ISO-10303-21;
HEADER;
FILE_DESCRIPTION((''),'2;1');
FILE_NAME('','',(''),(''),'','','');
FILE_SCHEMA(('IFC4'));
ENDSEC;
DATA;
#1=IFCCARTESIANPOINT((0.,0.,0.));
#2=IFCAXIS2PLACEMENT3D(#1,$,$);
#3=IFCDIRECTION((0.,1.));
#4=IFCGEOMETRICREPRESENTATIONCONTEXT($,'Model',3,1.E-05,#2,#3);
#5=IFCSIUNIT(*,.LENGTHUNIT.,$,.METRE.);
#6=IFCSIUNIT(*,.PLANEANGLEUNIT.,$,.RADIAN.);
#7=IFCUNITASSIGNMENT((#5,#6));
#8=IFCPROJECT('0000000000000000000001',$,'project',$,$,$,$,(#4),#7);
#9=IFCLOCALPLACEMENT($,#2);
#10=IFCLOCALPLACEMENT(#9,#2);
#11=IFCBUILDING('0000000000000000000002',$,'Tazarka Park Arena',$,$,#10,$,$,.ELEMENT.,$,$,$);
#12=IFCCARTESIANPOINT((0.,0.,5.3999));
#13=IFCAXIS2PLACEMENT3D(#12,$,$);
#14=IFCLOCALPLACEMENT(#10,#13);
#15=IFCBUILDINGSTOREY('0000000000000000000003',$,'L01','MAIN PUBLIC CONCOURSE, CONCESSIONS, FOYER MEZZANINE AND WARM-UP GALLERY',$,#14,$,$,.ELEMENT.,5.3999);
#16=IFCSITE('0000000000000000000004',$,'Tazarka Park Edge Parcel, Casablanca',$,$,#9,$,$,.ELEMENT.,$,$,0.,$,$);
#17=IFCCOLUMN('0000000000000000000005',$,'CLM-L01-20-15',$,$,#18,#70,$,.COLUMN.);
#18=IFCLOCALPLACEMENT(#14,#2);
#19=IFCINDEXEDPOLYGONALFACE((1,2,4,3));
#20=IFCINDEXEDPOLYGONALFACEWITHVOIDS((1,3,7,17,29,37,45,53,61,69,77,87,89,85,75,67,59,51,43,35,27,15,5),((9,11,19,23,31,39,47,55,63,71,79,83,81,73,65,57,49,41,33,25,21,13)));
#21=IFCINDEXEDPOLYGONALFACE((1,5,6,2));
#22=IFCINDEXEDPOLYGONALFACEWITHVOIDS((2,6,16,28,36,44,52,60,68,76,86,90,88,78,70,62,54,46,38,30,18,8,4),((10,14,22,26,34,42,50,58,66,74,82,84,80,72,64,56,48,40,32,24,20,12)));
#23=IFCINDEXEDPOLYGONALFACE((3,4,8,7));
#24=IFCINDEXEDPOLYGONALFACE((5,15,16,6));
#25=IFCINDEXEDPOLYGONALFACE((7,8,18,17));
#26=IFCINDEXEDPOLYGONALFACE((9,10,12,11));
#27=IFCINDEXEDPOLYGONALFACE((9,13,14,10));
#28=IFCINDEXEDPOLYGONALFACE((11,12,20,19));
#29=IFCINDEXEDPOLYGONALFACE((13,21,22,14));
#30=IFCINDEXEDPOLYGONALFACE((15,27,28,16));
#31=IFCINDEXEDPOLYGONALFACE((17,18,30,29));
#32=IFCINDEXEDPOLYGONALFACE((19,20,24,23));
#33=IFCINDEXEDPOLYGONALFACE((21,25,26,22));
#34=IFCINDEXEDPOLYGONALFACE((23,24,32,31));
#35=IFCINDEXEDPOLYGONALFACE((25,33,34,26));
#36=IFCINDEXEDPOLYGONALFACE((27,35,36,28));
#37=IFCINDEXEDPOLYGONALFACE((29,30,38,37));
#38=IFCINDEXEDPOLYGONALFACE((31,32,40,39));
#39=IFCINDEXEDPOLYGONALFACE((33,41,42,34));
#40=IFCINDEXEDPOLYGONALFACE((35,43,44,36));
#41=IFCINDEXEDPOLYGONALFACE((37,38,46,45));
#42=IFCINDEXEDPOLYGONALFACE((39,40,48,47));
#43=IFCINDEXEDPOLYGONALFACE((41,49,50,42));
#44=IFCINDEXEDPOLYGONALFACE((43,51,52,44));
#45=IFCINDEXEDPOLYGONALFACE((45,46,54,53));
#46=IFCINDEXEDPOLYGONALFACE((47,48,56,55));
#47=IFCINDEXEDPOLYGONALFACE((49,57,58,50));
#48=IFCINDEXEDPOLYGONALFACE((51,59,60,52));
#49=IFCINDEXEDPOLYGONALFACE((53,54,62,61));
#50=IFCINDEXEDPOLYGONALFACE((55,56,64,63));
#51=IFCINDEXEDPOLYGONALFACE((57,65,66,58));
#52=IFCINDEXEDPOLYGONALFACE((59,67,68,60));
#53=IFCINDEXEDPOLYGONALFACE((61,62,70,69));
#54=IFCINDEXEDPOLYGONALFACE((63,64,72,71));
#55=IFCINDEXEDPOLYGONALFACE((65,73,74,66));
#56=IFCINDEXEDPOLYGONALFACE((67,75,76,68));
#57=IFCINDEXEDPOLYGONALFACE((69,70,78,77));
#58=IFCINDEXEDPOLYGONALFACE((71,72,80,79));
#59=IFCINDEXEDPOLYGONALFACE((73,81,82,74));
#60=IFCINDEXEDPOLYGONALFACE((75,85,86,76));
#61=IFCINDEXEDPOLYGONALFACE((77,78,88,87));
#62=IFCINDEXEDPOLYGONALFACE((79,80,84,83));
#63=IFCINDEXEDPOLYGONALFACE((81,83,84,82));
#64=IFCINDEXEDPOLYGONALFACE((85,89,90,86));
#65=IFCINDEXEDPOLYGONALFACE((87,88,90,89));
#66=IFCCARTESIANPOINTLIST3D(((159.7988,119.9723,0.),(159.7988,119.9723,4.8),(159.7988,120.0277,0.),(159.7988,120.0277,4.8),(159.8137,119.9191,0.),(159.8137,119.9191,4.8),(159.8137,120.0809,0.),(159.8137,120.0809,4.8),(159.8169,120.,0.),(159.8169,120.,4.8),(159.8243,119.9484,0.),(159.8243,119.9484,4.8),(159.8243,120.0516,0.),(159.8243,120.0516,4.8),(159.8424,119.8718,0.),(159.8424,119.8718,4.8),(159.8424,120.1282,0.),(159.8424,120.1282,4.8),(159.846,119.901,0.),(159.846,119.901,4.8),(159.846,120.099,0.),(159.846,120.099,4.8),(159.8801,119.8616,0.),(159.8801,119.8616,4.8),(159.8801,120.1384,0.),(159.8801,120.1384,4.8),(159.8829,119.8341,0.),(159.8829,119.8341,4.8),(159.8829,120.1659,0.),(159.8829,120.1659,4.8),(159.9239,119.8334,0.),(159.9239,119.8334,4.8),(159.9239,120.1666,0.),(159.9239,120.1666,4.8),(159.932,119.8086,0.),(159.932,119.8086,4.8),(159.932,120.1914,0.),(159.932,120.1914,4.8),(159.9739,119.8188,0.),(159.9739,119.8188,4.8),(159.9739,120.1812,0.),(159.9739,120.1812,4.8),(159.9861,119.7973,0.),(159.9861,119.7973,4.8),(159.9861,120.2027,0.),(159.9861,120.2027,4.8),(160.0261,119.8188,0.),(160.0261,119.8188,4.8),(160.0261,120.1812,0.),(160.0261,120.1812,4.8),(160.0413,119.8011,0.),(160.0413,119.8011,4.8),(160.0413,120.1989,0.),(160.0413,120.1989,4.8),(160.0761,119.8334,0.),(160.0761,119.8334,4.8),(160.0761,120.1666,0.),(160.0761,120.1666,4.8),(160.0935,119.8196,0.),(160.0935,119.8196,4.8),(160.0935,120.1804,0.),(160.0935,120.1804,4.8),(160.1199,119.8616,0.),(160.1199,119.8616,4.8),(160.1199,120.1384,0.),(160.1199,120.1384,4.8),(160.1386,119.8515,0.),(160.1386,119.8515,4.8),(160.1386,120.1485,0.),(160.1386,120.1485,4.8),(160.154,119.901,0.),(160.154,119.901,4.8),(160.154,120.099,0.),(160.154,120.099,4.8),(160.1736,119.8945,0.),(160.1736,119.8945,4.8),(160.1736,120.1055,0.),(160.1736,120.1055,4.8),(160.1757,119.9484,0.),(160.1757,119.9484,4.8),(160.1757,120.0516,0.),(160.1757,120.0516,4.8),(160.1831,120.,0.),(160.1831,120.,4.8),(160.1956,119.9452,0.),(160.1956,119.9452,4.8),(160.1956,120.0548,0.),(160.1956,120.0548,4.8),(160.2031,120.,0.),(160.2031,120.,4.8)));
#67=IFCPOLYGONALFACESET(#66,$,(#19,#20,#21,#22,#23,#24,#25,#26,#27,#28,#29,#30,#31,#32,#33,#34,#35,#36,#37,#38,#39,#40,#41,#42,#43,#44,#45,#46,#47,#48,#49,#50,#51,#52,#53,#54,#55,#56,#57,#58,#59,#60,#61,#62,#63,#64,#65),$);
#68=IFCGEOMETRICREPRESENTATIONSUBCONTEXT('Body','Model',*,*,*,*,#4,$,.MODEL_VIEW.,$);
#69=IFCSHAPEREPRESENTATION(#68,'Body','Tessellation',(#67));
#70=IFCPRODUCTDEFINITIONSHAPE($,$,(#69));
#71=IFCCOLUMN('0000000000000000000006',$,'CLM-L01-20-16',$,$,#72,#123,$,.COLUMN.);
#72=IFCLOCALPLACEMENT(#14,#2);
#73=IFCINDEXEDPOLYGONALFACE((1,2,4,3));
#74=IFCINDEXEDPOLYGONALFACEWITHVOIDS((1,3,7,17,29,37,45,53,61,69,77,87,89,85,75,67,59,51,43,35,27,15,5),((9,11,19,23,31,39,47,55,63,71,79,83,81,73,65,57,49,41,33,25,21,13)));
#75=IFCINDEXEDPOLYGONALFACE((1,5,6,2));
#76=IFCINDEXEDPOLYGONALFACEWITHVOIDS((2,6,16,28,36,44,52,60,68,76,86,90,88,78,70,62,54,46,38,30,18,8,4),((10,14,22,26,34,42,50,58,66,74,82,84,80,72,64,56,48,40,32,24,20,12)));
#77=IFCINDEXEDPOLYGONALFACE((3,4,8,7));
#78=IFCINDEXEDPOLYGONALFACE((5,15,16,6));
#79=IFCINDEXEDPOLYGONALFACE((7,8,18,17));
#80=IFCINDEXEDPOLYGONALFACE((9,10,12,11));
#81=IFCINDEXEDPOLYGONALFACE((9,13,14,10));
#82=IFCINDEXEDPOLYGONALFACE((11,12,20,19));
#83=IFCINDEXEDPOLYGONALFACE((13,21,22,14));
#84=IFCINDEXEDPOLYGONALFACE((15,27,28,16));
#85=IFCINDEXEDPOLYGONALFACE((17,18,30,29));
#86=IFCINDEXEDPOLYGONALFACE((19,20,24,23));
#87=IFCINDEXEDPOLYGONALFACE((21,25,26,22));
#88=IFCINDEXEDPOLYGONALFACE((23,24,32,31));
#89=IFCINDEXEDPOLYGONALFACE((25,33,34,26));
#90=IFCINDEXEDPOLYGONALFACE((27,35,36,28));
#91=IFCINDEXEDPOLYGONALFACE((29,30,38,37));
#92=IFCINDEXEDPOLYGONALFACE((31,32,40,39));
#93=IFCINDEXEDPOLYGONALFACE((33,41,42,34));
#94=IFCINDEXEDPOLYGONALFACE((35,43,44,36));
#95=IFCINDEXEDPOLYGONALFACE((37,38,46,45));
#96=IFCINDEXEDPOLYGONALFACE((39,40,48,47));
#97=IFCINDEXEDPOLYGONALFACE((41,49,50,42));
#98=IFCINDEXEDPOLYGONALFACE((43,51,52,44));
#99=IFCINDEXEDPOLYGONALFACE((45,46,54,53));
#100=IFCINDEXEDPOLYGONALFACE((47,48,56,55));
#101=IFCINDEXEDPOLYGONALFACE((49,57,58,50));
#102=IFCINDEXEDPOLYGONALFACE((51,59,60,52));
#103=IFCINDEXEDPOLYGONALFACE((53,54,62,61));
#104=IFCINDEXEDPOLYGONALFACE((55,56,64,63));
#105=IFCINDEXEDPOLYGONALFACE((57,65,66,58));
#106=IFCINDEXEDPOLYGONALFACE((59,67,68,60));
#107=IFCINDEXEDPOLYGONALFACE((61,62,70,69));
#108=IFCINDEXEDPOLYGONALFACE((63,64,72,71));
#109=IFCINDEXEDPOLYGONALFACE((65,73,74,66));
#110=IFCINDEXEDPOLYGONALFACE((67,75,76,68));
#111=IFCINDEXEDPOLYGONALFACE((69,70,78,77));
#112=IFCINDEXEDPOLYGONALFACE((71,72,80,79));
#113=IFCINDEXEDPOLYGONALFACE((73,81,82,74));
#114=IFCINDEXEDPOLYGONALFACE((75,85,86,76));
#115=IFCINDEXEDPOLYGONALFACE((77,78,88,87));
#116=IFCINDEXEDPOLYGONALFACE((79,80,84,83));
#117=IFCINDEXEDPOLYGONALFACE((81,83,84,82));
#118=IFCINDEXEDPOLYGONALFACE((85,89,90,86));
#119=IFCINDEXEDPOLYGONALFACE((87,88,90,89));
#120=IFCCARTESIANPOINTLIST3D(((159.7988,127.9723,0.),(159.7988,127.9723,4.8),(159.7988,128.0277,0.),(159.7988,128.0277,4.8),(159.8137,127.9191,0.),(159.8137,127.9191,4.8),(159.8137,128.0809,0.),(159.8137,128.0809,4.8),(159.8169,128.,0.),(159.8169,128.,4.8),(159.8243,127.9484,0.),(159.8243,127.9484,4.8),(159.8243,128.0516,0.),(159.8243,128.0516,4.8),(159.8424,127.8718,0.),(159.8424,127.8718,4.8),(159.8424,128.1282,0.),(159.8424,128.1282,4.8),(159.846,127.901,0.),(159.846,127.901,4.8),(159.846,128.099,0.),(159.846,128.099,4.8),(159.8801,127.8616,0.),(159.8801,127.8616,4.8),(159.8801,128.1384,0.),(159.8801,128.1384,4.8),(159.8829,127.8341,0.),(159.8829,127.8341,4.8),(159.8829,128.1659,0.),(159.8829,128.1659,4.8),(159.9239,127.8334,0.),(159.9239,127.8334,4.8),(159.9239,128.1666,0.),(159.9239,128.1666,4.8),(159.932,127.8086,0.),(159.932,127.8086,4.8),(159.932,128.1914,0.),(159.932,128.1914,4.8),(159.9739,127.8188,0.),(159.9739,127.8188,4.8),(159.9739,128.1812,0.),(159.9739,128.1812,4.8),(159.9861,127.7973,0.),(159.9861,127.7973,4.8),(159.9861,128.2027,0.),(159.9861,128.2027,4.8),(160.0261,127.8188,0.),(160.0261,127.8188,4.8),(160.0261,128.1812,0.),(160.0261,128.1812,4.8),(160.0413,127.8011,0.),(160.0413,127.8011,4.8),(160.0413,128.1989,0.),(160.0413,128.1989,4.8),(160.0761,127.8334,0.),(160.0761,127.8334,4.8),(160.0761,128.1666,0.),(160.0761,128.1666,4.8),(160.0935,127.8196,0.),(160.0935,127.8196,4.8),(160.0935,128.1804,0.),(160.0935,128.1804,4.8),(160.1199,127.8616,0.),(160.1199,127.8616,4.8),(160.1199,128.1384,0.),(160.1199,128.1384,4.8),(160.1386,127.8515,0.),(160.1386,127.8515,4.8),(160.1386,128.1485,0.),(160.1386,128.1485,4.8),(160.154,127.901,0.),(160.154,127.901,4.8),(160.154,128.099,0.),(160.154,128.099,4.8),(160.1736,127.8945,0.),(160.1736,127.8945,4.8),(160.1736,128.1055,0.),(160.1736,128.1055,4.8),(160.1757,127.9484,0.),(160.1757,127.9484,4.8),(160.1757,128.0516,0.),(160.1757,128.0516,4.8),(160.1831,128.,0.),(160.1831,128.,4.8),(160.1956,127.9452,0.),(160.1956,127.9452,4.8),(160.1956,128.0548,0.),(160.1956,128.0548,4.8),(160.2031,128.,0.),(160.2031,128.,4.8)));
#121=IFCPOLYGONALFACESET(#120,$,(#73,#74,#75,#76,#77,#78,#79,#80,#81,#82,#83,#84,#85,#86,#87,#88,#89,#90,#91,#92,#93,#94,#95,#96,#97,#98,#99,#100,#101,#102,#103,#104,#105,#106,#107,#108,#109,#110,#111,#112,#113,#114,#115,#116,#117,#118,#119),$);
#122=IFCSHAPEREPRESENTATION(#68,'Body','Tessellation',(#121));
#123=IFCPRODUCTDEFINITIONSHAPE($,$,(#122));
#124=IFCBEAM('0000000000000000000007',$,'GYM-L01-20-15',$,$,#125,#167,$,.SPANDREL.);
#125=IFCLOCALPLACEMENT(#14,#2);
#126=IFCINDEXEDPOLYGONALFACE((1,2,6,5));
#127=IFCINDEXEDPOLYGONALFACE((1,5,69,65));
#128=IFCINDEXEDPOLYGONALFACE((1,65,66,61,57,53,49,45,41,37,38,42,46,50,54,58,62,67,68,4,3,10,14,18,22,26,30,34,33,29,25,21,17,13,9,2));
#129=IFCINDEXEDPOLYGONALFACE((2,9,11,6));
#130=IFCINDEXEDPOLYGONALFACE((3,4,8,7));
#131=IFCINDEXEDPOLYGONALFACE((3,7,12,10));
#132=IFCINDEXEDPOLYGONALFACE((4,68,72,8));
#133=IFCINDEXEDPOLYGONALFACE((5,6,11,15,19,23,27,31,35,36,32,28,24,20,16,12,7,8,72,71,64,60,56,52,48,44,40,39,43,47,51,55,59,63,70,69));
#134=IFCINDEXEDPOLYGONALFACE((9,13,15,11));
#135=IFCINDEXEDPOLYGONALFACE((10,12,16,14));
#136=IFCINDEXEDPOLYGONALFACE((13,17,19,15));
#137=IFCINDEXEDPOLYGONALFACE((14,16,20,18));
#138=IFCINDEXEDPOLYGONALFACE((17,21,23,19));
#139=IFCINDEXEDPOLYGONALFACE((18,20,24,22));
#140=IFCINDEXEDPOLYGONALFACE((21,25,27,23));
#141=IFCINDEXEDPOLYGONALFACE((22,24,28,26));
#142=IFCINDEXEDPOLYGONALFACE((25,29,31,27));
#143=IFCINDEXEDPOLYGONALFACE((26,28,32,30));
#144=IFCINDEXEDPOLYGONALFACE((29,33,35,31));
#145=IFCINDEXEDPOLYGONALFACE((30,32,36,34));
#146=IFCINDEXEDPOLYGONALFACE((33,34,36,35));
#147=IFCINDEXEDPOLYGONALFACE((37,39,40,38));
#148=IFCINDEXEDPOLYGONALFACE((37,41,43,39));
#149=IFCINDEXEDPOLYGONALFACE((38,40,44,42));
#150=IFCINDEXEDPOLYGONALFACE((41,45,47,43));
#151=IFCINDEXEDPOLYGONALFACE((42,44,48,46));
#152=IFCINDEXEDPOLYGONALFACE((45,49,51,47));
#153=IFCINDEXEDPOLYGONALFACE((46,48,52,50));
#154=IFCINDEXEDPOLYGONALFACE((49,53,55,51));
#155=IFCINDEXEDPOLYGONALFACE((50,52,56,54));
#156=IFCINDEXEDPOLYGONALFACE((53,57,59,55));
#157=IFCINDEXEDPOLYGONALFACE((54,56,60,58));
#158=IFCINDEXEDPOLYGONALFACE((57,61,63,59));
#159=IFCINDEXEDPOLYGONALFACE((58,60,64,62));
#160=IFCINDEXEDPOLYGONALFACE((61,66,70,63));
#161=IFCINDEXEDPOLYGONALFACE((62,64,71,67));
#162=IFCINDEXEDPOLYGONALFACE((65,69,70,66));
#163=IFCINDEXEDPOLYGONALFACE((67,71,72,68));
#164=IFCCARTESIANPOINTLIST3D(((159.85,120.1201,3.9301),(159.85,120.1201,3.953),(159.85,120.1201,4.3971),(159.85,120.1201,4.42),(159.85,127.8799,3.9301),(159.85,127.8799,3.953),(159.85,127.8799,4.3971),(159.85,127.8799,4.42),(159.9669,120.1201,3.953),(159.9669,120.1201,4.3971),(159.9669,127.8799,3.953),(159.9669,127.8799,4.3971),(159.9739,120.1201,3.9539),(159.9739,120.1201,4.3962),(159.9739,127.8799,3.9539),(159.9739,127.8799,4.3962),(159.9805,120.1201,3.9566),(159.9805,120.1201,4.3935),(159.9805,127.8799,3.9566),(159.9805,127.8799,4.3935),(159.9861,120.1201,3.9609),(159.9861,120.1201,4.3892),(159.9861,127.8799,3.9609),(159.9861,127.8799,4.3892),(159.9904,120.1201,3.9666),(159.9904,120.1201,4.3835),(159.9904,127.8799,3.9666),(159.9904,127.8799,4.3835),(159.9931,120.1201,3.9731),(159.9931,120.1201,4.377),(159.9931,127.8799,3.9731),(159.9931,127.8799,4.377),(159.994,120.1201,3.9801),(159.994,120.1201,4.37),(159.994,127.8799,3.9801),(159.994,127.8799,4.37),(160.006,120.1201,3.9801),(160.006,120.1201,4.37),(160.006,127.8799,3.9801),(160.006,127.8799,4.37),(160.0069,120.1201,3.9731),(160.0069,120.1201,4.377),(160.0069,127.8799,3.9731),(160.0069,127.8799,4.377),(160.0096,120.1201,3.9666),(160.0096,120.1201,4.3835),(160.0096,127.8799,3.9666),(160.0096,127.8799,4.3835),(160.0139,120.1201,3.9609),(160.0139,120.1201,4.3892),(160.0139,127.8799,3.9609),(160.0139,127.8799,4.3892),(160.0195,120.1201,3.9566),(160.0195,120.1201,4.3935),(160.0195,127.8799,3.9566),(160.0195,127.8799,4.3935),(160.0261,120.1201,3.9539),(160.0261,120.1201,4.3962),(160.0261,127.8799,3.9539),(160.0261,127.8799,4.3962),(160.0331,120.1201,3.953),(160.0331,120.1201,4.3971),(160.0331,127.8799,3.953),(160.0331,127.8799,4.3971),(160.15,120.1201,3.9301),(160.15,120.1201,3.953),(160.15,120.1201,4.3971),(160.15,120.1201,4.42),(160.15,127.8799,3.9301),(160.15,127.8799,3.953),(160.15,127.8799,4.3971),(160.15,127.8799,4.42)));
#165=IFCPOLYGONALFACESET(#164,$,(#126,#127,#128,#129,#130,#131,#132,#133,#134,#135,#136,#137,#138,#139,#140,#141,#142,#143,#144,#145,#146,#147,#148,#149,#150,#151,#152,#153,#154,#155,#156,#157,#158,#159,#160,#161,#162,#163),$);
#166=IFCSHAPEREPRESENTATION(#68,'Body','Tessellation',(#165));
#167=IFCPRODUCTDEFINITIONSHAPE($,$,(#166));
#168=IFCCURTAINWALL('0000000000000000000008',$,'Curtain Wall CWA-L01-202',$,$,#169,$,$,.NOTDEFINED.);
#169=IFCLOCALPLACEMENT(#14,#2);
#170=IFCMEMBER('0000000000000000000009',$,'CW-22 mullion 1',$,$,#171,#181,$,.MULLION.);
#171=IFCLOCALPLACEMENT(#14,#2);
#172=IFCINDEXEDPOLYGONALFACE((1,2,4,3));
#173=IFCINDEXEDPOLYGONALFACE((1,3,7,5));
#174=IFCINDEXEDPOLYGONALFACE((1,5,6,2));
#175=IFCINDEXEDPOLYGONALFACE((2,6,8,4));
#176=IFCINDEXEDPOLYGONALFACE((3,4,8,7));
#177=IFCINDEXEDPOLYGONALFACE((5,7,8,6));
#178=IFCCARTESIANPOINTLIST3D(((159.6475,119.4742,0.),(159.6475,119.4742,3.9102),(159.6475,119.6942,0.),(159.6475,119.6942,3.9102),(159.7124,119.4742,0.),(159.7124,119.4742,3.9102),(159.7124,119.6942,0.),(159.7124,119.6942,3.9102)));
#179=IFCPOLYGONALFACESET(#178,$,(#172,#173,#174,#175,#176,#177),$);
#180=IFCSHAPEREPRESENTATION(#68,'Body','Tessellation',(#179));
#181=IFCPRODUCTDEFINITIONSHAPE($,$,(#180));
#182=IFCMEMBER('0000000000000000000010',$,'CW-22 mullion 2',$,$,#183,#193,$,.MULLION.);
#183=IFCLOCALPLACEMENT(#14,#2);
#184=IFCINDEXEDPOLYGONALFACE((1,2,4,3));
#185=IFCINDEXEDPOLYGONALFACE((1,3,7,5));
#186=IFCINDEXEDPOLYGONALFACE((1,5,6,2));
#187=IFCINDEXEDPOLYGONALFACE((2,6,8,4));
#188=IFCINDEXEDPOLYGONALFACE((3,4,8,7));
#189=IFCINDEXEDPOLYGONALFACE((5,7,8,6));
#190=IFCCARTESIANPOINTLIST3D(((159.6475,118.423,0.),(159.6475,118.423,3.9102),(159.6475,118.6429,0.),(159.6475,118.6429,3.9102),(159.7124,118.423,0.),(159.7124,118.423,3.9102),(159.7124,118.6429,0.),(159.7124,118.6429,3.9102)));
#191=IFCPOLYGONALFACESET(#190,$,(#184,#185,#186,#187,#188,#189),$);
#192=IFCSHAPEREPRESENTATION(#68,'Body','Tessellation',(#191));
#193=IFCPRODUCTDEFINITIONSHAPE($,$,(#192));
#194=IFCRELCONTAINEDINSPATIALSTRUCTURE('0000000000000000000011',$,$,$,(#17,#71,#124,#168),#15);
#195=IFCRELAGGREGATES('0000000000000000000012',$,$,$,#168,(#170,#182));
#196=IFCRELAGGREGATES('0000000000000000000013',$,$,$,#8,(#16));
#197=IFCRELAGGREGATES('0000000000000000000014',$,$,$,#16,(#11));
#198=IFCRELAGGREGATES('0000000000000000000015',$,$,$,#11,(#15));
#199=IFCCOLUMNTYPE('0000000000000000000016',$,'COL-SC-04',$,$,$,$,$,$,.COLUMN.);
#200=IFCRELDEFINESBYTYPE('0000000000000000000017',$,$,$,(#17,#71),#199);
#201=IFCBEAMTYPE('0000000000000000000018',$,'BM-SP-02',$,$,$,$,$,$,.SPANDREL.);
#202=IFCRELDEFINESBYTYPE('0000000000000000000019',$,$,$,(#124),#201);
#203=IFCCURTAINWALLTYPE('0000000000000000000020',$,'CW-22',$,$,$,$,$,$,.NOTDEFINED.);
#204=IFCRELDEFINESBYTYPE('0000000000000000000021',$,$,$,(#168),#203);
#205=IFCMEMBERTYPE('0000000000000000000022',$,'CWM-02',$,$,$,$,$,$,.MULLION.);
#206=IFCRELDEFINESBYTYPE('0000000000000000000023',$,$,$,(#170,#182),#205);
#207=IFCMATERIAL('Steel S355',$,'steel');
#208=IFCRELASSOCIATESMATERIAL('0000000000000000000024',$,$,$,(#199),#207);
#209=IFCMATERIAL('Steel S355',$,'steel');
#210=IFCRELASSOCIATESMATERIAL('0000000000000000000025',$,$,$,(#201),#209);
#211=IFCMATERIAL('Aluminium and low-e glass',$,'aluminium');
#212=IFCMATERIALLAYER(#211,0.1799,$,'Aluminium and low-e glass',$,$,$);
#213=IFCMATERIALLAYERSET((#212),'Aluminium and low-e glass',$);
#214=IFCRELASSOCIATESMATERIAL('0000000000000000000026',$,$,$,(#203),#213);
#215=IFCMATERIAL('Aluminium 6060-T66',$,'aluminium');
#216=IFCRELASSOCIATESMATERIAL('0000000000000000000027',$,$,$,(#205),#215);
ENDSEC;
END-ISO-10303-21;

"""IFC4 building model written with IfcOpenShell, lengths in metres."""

from ifc_helpers import new_model, si_unit, direction, frame, origin, origin_2d, place, context, subcontext, project, spatial, rectangle, hollow_circle, i_section, extrude, material, layer, layer_set, material_profile, profile_set, type_object, element, aggregate, save


model = new_model("IFC4")

# Units and contexts
model_context = context("Model", 3, precision=1e-05, world=origin(), true_north=direction((0.0, 1.0)))
body_context = subcontext(model_context, "Body", "Model", "MODEL_VIEW")
ifc_project = project(units=[si_unit("LENGTHUNIT", "METRE"), si_unit("PLANEANGLEUNIT", "RADIAN")], contexts=[model_context])

# Site, building, storey
site_placement = place(None, origin())
site = spatial("IfcSite", under=ifc_project, at=site_placement, Name="Tazarka Park Edge Parcel, Casablanca", CompositionType="ELEMENT", RefElevation=0.0)
building_placement = place(site_placement, origin())
building = spatial("IfcBuilding", under=site, at=building_placement, Name="Tazarka Park Arena", CompositionType="ELEMENT")
storey_placement = place(building_placement, frame((0.0, 0.0, 5.3999)))
storey = spatial("IfcBuildingStorey", under=building, at=storey_placement, Name="L01", Description="MAIN PUBLIC CONCOURSE, CONCESSIONS, FOYER MEZZANINE AND WARM-UP GALLERY", CompositionType="ELEMENT", Elevation=5.3999)

# Columns
ifc_material_1 = material(Name="Steel S355", Category="steel")
ifc_material_profile_1 = material_profile(ifc_material_1, hollow_circle(Radius=0.2031, WallThickness=0.02, at=origin_2d()), Name="Steel S355")
ifc_profile_set_1 = profile_set([ifc_material_profile_1], Name="Steel S355")
column_type = type_object("IfcColumnType", Name="COL-SC-04", PredefinedType="COLUMN", material=ifc_profile_set_1)
for number, where, z_axis, x_axis, name in (
    (1, (160.0, 120.0, 0.0), (0.0, 0.0, 1.0), (1.0, 0.0, 0.0), "CLM-L01-20-15"),
    (2, (160.0, 128.0, 0.0), (0.0, 0.0, 1.0), (1.0, 0.0, 0.0), "CLM-L01-20-16"),
):
    element("IfcColumn", number, at=place(storey_placement, frame(where, z_axis=z_axis, x_axis=x_axis)), inside=storey, type_object=column_type, Name=name, PredefinedType="COLUMN", context=body_context, shape_type="SweptSolid", body=[
        extrude(hollow_circle(Radius=0.2031, WallThickness=0.02, at=origin_2d()), origin(), (0.0, 0.0, 1.0), 4.8),
    ])

# Beam
ifc_material_2 = material(Name="Steel S355", Category="steel")
ifc_material_profile_2 = material_profile(ifc_material_2, i_section(OverallWidth=0.3, OverallDepth=0.49, WebThickness=0.012, FlangeThickness=0.0229, FilletRadius=0.0271, at=origin_2d()), Name="Steel S355")
ifc_profile_set_2 = profile_set([ifc_material_profile_2], Name="Steel S355")
beam_type = type_object("IfcBeamType", Name="BM-SP-02", PredefinedType="SPANDREL", material=ifc_profile_set_2)
beam_placement = place(storey_placement, frame((160.0, 120.1201, 4.175), z_axis=(0.0, 1.0, 0.0), x_axis=(-1.0, 0.0, 0.0)))
element("IfcBeam", 3, at=beam_placement, inside=storey, type_object=beam_type, Name="GYM-L01-20-15", PredefinedType="SPANDREL", context=body_context, shape_type="SweptSolid", body=[
    extrude(i_section(OverallWidth=0.3, OverallDepth=0.49, WebThickness=0.012, FlangeThickness=0.0229, FilletRadius=0.0271, at=origin_2d()), origin(), (0.0, 0.0, 1.0), 7.7598),
])

# Curtain wall, members
ifc_material_3 = material(Name="Aluminium and low-e glass", Category="aluminium")
ifc_layer_1 = layer(ifc_material_3, 0.1799, Name="Aluminium and low-e glass")
ifc_layer_set_1 = layer_set([ifc_layer_1], Name="Aluminium and low-e glass")
curtain_wall_type = type_object("IfcCurtainWallType", Name="CW-22", PredefinedType="NOTDEFINED", material=ifc_layer_set_1)
curtain_wall_placement = place(storey_placement, origin())
curtain_wall = element("IfcCurtainWall", 4, at=curtain_wall_placement, inside=storey, type_object=curtain_wall_type, Name="Curtain Wall CWA-L01-202", PredefinedType="NOTDEFINED")
ifc_material_4 = material(Name="Aluminium 6060-T66", Category="aluminium")
ifc_material_profile_3 = material_profile(ifc_material_4, rectangle(XDim=0.0649, YDim=0.22, at=origin_2d()), Name="Aluminium 6060-T66")
ifc_profile_set_3 = profile_set([ifc_material_profile_3], Name="Aluminium 6060-T66")
member_type_1 = type_object("IfcMemberType", Name="CWM-02", PredefinedType="MULLION", material=ifc_profile_set_3)
member_1_placement = place(storey_placement, frame((159.6799, 119.5842, 0.0), z_axis=(0.0, 0.0, 1.0), x_axis=(1.0, 0.0, 0.0)))
member_1 = element("IfcMember", 5, at=member_1_placement, type_object=member_type_1, Name="CW-22 mullion 1", PredefinedType="MULLION", context=body_context, shape_type="SweptSolid", body=[
    extrude(rectangle(XDim=0.0649, YDim=0.22, at=origin_2d()), origin(), (0.0, 0.0, 1.0), 3.9102),
])
member_2_placement = place(storey_placement, frame((159.6799, 118.533, 0.0), z_axis=(0.0, 0.0, 1.0), x_axis=(1.0, 0.0, 0.0)))
member_2 = element("IfcMember", 6, at=member_2_placement, type_object=member_type_1, Name="CW-22 mullion 2", PredefinedType="MULLION", context=body_context, shape_type="SweptSolid", body=[
    extrude(rectangle(XDim=0.0649, YDim=0.22, at=origin_2d()), origin(), (0.0, 0.0, 1.0), 3.9102),
])
aggregate(curtain_wall, [member_1, member_2])

save(model, "model.ifc")
